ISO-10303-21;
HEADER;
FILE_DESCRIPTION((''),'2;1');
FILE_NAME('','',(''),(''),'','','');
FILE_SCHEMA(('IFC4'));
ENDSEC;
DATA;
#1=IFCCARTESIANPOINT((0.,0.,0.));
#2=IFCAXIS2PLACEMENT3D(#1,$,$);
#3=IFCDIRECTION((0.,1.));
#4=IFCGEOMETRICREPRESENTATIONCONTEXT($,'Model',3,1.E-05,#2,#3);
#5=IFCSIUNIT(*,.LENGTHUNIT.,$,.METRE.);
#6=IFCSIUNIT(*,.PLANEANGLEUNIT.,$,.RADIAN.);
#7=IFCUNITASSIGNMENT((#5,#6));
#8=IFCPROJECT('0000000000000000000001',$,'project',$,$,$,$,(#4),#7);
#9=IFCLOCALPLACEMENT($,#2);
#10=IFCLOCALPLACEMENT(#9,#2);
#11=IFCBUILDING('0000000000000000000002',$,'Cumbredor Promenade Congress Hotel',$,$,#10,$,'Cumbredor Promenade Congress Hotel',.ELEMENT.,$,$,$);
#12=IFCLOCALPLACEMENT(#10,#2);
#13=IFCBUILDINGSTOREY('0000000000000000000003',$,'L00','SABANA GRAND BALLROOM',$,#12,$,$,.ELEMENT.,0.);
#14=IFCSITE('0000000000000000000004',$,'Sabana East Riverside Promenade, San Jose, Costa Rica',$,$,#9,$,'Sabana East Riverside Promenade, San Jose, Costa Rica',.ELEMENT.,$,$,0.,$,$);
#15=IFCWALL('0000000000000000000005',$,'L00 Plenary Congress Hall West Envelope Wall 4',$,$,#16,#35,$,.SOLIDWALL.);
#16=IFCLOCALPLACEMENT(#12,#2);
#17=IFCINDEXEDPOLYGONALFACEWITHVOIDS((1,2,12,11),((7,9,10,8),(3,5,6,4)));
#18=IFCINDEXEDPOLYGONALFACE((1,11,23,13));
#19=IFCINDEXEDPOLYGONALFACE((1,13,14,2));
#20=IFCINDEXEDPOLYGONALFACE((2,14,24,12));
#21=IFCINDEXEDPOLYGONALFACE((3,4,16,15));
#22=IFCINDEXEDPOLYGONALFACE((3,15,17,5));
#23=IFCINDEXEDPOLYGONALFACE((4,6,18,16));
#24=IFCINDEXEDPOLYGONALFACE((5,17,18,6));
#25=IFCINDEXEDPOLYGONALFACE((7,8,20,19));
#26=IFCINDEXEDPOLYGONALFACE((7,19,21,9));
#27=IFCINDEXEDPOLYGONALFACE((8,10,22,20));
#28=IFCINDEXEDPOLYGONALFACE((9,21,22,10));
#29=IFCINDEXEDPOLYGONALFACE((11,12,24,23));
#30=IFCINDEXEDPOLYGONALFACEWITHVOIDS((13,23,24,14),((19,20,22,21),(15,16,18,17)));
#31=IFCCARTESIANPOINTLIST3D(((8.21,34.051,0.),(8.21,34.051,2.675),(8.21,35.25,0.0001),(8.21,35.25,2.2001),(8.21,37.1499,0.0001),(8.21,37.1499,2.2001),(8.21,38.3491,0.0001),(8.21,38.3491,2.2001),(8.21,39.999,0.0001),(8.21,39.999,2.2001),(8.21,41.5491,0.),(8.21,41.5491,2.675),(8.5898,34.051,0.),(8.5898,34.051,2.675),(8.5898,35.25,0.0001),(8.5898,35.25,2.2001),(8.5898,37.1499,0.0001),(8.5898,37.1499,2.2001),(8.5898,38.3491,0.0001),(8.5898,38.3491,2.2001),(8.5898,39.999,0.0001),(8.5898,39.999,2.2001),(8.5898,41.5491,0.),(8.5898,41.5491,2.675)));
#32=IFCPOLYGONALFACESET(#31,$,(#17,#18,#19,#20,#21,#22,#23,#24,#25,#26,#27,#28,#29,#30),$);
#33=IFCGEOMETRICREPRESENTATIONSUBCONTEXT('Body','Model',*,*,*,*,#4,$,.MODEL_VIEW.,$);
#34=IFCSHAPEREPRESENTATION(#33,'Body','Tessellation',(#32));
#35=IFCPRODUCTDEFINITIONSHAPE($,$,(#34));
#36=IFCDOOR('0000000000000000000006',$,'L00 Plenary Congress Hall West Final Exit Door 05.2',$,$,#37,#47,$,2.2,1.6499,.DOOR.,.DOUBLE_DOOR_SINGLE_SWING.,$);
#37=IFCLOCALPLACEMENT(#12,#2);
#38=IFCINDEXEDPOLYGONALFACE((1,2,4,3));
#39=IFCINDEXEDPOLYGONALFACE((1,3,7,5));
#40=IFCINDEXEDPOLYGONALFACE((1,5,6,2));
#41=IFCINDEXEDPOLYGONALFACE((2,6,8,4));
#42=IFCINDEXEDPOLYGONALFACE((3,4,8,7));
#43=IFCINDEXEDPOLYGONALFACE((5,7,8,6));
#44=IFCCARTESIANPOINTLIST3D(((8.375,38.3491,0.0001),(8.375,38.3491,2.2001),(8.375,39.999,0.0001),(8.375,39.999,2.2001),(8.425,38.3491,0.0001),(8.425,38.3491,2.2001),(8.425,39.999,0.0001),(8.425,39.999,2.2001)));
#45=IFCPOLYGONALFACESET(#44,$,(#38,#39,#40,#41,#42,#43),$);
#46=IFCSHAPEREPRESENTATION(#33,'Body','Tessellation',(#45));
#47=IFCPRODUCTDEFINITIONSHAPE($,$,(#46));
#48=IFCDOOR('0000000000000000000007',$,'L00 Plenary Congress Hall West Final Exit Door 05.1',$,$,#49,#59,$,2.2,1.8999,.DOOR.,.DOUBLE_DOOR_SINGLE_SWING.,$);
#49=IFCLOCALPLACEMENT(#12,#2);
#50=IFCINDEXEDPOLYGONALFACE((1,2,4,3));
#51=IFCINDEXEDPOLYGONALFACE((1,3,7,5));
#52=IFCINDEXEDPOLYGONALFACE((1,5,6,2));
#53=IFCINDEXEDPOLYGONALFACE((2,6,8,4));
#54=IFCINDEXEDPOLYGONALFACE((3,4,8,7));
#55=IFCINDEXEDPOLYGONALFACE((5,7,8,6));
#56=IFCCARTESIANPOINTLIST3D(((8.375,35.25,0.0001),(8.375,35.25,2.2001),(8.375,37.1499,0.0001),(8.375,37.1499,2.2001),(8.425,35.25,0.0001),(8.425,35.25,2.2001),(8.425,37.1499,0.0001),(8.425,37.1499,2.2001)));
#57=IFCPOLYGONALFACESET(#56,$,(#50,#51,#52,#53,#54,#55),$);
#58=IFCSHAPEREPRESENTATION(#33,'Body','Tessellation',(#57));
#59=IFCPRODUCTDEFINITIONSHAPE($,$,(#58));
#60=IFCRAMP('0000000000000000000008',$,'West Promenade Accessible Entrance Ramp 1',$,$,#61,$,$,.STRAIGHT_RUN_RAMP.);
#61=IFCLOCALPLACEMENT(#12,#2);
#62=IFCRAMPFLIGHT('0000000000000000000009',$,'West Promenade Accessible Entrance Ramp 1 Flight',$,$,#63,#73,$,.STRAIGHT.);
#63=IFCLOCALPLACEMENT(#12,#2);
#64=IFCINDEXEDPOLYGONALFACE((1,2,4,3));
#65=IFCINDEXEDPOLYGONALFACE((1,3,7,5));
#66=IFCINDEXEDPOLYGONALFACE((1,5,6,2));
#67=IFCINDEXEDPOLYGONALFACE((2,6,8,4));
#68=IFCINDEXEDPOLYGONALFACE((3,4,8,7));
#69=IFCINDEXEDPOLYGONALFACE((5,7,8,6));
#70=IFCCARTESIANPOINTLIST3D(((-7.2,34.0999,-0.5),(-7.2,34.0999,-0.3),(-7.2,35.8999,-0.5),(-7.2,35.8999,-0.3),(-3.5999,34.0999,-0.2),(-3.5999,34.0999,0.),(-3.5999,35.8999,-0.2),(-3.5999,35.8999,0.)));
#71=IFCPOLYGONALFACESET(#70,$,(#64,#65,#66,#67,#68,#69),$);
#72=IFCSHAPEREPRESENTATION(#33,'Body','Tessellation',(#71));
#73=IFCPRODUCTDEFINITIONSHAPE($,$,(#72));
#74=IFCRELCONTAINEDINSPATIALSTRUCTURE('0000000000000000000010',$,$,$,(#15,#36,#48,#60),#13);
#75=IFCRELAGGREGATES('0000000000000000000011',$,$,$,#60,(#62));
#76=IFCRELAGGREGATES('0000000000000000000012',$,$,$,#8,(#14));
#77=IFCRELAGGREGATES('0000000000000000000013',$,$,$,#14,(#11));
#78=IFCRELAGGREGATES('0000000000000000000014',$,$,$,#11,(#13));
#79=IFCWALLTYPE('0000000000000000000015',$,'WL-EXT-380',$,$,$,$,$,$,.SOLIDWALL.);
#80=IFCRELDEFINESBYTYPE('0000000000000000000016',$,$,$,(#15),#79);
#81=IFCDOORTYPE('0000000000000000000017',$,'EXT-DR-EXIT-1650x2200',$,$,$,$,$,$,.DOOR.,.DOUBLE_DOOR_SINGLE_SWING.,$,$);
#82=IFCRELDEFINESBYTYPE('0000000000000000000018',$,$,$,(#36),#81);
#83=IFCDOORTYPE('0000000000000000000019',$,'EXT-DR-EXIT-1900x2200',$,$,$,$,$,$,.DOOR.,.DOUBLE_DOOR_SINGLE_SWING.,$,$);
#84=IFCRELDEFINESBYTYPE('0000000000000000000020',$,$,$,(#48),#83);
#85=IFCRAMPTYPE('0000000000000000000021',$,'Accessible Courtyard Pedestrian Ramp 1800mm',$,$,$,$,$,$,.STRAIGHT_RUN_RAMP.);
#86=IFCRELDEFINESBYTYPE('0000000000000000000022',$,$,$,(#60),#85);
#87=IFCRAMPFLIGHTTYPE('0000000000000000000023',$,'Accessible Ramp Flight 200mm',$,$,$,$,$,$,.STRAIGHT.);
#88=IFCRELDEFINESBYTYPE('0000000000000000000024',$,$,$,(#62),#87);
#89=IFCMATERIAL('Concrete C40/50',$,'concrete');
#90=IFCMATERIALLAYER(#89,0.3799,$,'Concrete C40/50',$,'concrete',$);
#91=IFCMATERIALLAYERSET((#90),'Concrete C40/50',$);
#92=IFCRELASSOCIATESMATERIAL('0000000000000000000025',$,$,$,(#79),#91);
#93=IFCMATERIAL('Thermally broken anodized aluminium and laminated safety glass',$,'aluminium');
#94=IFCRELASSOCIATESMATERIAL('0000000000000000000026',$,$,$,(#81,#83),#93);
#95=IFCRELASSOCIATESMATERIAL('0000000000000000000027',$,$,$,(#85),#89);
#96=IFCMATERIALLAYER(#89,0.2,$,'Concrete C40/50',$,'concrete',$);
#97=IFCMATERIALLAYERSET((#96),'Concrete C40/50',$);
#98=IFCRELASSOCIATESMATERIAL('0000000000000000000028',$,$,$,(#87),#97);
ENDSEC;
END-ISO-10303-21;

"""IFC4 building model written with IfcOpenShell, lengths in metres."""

from ifc_helpers import new_model, si_unit, direction, frame, frame_2d, origin, place, context, subcontext, project, spatial, polyline, rectangle, outline, extrude, material, layer, layer_set, type_object, element, fill, aggregate, save


model = new_model("IFC4")

# Units and contexts
model_context = context("Model", 3, precision=1e-05, world=origin(), true_north=direction((0.0, 1.0)))
body_context = subcontext(model_context, "Body", "Model", "MODEL_VIEW")
ifc_project = project(units=[si_unit("LENGTHUNIT", "METRE"), si_unit("PLANEANGLEUNIT", "RADIAN")], contexts=[model_context])

# Site, building, storey
site_placement = place(None, origin())
site = spatial("IfcSite", under=ifc_project, at=site_placement, Name="Sabana East Riverside Promenade, San Jose, Costa Rica", LongName="Sabana East Riverside Promenade, San Jose, Costa Rica", CompositionType="ELEMENT", RefElevation=0.0)
building_placement = place(site_placement, origin())
building = spatial("IfcBuilding", under=site, at=building_placement, Name="Cumbredor Promenade Congress Hotel", LongName="Cumbredor Promenade Congress Hotel", CompositionType="ELEMENT")
storey_placement = place(building_placement, origin())
storey = spatial("IfcBuildingStorey", under=building, at=storey_placement, Name="L00", Description="SABANA GRAND BALLROOM", CompositionType="ELEMENT", Elevation=0.0)

# Shared definitions
ifc_material_1 = material(Name="Concrete C40/50", Category="concrete")

# Wall, openings, doors
ifc_layer_1 = layer(ifc_material_1, 0.3799, Name="Concrete C40/50", Category="concrete")
ifc_layer_set_1 = layer_set([ifc_layer_1], Name="Concrete C40/50")
wall_type = type_object("IfcWallType", Name="WL-EXT-380", PredefinedType="SOLIDWALL", material=ifc_layer_set_1)
wall_placement = place(storey_placement, frame((8.3999, 34.051, 0.0), z_axis=(0.0, 0.0, 1.0), x_axis=(0.0, 1.0, 0.0)))
wall = element("IfcWall", 1, at=wall_placement, inside=storey, type_object=wall_type, Name="L00 Plenary Congress Hall West Envelope Wall 4", PredefinedType="SOLIDWALL", context=body_context, shape_type="SweptSolid", body=[
    extrude(rectangle(XDim=7.498, YDim=0.3799, at=frame_2d((3.749, 0.0))), origin(), (0.0, 0.0, 1.0), 2.675),
])
opening_1_placement = place(wall_placement, frame((1.199, 0.0, 0.0)))
opening_1 = element("IfcOpeningElement", 2, at=opening_1_placement, cuts=wall, PredefinedType="OPENING", context=body_context, shape_type="SweptSolid", body=[
    extrude(rectangle(XDim=1.8999, YDim=2.2, at=frame_2d((0.95, 1.1001))), frame((0.0, 0.2, 0.0), z_axis=(0.0, -1.0, 0.0), x_axis=(1.0, 0.0, 0.0)), (0.0, 0.0, 1.0), 0.3999),
])
opening_2_placement = place(wall_placement, frame((4.2981, 0.0, 0.0)))
opening_2 = element("IfcOpeningElement", 3, at=opening_2_placement, cuts=wall, PredefinedType="OPENING", context=body_context, shape_type="SweptSolid", body=[
    extrude(rectangle(XDim=1.6499, YDim=2.2, at=frame_2d((0.825, 1.1001))), frame((0.0, 0.2, 0.0), z_axis=(0.0, -1.0, 0.0), x_axis=(1.0, 0.0, 0.0)), (0.0, 0.0, 1.0), 0.3999),
])
ifc_material_2 = material(Name="Thermally broken anodized aluminium and laminated safety glass", Category="aluminium")
door_type_1 = type_object("IfcDoorType", Name="EXT-DR-EXIT-1650x2200", OperationType="DOUBLE_DOOR_SINGLE_SWING", PredefinedType="DOOR", material=ifc_material_2)
door_1_placement = place(opening_2_placement, origin())
door_1 = element("IfcDoor", 4, at=door_1_placement, inside=storey, type_object=door_type_1, Name="L00 Plenary Congress Hall West Final Exit Door 05.2", OperationType="DOUBLE_DOOR_SINGLE_SWING", OverallHeight=2.2, OverallWidth=1.6499, PredefinedType="DOOR", context=body_context, shape_type="SweptSolid", body=[
    extrude(rectangle(XDim=1.6499, YDim=2.2, at=frame_2d((0.825, 1.1001))), frame((0.0, 0.0249, 0.0), z_axis=(0.0, -1.0, 0.0), x_axis=(1.0, 0.0, 0.0)), (0.0, 0.0, 1.0), 0.05),
])
fill(opening_2, door_1)
door_type_2 = type_object("IfcDoorType", Name="EXT-DR-EXIT-1900x2200", OperationType="DOUBLE_DOOR_SINGLE_SWING", PredefinedType="DOOR", material=ifc_material_2)
door_2_placement = place(opening_1_placement, origin())
door_2 = element("IfcDoor", 5, at=door_2_placement, inside=storey, type_object=door_type_2, Name="L00 Plenary Congress Hall West Final Exit Door 05.1", OperationType="DOUBLE_DOOR_SINGLE_SWING", OverallHeight=2.2, OverallWidth=1.8999, PredefinedType="DOOR", context=body_context, shape_type="SweptSolid", body=[
    extrude(rectangle(XDim=1.8999, YDim=2.2, at=frame_2d((0.95, 1.1001))), frame((0.0, 0.0249, 0.0), z_axis=(0.0, -1.0, 0.0), x_axis=(1.0, 0.0, 0.0)), (0.0, 0.0, 1.0), 0.05),
])
fill(opening_1, door_2)

# Ramp, ramp flight
ramp_type = type_object("IfcRampType", Name="Accessible Courtyard Pedestrian Ramp 1800mm", PredefinedType="STRAIGHT_RUN_RAMP", material=ifc_material_1)
ramp_placement = place(storey_placement, origin())
ramp = element("IfcRamp", 6, at=ramp_placement, inside=storey, type_object=ramp_type, Name="West Promenade Accessible Entrance Ramp 1", PredefinedType="STRAIGHT_RUN_RAMP")
ifc_layer_2 = layer(ifc_material_1, 0.2, Name="Concrete C40/50", Category="concrete")
ifc_layer_set_2 = layer_set([ifc_layer_2], Name="Concrete C40/50")
ramp_flight_type = type_object("IfcRampFlightType", Name="Accessible Ramp Flight 200mm", PredefinedType="STRAIGHT", material=ifc_layer_set_2)
ramp_flight_placement = place(storey_placement, frame((-7.2, 35.0, -0.3), z_axis=(0.0, 0.0, 1.0), x_axis=(1.0, 0.0, 0.0)))
ramp_flight = element("IfcRampFlight", 7, at=ramp_flight_placement, type_object=ramp_flight_type, Name="West Promenade Accessible Entrance Ramp 1 Flight", PredefinedType="STRAIGHT", context=body_context, shape_type="SweptSolid", body=[
    extrude(outline(polyline([(0.0, -0.2), (3.6001, 0.1001), (3.6001, 0.3), (0.0, 0.0), (0.0, -0.2)])), frame((0.0, 0.8999, 0.0), z_axis=(0.0, -1.0, 0.0), x_axis=(1.0, 0.0, 0.0)), (0.0, 0.0, 1.0), 1.8),
])
aggregate(ramp, [ramp_flight])

save(model, "model.ifc")
